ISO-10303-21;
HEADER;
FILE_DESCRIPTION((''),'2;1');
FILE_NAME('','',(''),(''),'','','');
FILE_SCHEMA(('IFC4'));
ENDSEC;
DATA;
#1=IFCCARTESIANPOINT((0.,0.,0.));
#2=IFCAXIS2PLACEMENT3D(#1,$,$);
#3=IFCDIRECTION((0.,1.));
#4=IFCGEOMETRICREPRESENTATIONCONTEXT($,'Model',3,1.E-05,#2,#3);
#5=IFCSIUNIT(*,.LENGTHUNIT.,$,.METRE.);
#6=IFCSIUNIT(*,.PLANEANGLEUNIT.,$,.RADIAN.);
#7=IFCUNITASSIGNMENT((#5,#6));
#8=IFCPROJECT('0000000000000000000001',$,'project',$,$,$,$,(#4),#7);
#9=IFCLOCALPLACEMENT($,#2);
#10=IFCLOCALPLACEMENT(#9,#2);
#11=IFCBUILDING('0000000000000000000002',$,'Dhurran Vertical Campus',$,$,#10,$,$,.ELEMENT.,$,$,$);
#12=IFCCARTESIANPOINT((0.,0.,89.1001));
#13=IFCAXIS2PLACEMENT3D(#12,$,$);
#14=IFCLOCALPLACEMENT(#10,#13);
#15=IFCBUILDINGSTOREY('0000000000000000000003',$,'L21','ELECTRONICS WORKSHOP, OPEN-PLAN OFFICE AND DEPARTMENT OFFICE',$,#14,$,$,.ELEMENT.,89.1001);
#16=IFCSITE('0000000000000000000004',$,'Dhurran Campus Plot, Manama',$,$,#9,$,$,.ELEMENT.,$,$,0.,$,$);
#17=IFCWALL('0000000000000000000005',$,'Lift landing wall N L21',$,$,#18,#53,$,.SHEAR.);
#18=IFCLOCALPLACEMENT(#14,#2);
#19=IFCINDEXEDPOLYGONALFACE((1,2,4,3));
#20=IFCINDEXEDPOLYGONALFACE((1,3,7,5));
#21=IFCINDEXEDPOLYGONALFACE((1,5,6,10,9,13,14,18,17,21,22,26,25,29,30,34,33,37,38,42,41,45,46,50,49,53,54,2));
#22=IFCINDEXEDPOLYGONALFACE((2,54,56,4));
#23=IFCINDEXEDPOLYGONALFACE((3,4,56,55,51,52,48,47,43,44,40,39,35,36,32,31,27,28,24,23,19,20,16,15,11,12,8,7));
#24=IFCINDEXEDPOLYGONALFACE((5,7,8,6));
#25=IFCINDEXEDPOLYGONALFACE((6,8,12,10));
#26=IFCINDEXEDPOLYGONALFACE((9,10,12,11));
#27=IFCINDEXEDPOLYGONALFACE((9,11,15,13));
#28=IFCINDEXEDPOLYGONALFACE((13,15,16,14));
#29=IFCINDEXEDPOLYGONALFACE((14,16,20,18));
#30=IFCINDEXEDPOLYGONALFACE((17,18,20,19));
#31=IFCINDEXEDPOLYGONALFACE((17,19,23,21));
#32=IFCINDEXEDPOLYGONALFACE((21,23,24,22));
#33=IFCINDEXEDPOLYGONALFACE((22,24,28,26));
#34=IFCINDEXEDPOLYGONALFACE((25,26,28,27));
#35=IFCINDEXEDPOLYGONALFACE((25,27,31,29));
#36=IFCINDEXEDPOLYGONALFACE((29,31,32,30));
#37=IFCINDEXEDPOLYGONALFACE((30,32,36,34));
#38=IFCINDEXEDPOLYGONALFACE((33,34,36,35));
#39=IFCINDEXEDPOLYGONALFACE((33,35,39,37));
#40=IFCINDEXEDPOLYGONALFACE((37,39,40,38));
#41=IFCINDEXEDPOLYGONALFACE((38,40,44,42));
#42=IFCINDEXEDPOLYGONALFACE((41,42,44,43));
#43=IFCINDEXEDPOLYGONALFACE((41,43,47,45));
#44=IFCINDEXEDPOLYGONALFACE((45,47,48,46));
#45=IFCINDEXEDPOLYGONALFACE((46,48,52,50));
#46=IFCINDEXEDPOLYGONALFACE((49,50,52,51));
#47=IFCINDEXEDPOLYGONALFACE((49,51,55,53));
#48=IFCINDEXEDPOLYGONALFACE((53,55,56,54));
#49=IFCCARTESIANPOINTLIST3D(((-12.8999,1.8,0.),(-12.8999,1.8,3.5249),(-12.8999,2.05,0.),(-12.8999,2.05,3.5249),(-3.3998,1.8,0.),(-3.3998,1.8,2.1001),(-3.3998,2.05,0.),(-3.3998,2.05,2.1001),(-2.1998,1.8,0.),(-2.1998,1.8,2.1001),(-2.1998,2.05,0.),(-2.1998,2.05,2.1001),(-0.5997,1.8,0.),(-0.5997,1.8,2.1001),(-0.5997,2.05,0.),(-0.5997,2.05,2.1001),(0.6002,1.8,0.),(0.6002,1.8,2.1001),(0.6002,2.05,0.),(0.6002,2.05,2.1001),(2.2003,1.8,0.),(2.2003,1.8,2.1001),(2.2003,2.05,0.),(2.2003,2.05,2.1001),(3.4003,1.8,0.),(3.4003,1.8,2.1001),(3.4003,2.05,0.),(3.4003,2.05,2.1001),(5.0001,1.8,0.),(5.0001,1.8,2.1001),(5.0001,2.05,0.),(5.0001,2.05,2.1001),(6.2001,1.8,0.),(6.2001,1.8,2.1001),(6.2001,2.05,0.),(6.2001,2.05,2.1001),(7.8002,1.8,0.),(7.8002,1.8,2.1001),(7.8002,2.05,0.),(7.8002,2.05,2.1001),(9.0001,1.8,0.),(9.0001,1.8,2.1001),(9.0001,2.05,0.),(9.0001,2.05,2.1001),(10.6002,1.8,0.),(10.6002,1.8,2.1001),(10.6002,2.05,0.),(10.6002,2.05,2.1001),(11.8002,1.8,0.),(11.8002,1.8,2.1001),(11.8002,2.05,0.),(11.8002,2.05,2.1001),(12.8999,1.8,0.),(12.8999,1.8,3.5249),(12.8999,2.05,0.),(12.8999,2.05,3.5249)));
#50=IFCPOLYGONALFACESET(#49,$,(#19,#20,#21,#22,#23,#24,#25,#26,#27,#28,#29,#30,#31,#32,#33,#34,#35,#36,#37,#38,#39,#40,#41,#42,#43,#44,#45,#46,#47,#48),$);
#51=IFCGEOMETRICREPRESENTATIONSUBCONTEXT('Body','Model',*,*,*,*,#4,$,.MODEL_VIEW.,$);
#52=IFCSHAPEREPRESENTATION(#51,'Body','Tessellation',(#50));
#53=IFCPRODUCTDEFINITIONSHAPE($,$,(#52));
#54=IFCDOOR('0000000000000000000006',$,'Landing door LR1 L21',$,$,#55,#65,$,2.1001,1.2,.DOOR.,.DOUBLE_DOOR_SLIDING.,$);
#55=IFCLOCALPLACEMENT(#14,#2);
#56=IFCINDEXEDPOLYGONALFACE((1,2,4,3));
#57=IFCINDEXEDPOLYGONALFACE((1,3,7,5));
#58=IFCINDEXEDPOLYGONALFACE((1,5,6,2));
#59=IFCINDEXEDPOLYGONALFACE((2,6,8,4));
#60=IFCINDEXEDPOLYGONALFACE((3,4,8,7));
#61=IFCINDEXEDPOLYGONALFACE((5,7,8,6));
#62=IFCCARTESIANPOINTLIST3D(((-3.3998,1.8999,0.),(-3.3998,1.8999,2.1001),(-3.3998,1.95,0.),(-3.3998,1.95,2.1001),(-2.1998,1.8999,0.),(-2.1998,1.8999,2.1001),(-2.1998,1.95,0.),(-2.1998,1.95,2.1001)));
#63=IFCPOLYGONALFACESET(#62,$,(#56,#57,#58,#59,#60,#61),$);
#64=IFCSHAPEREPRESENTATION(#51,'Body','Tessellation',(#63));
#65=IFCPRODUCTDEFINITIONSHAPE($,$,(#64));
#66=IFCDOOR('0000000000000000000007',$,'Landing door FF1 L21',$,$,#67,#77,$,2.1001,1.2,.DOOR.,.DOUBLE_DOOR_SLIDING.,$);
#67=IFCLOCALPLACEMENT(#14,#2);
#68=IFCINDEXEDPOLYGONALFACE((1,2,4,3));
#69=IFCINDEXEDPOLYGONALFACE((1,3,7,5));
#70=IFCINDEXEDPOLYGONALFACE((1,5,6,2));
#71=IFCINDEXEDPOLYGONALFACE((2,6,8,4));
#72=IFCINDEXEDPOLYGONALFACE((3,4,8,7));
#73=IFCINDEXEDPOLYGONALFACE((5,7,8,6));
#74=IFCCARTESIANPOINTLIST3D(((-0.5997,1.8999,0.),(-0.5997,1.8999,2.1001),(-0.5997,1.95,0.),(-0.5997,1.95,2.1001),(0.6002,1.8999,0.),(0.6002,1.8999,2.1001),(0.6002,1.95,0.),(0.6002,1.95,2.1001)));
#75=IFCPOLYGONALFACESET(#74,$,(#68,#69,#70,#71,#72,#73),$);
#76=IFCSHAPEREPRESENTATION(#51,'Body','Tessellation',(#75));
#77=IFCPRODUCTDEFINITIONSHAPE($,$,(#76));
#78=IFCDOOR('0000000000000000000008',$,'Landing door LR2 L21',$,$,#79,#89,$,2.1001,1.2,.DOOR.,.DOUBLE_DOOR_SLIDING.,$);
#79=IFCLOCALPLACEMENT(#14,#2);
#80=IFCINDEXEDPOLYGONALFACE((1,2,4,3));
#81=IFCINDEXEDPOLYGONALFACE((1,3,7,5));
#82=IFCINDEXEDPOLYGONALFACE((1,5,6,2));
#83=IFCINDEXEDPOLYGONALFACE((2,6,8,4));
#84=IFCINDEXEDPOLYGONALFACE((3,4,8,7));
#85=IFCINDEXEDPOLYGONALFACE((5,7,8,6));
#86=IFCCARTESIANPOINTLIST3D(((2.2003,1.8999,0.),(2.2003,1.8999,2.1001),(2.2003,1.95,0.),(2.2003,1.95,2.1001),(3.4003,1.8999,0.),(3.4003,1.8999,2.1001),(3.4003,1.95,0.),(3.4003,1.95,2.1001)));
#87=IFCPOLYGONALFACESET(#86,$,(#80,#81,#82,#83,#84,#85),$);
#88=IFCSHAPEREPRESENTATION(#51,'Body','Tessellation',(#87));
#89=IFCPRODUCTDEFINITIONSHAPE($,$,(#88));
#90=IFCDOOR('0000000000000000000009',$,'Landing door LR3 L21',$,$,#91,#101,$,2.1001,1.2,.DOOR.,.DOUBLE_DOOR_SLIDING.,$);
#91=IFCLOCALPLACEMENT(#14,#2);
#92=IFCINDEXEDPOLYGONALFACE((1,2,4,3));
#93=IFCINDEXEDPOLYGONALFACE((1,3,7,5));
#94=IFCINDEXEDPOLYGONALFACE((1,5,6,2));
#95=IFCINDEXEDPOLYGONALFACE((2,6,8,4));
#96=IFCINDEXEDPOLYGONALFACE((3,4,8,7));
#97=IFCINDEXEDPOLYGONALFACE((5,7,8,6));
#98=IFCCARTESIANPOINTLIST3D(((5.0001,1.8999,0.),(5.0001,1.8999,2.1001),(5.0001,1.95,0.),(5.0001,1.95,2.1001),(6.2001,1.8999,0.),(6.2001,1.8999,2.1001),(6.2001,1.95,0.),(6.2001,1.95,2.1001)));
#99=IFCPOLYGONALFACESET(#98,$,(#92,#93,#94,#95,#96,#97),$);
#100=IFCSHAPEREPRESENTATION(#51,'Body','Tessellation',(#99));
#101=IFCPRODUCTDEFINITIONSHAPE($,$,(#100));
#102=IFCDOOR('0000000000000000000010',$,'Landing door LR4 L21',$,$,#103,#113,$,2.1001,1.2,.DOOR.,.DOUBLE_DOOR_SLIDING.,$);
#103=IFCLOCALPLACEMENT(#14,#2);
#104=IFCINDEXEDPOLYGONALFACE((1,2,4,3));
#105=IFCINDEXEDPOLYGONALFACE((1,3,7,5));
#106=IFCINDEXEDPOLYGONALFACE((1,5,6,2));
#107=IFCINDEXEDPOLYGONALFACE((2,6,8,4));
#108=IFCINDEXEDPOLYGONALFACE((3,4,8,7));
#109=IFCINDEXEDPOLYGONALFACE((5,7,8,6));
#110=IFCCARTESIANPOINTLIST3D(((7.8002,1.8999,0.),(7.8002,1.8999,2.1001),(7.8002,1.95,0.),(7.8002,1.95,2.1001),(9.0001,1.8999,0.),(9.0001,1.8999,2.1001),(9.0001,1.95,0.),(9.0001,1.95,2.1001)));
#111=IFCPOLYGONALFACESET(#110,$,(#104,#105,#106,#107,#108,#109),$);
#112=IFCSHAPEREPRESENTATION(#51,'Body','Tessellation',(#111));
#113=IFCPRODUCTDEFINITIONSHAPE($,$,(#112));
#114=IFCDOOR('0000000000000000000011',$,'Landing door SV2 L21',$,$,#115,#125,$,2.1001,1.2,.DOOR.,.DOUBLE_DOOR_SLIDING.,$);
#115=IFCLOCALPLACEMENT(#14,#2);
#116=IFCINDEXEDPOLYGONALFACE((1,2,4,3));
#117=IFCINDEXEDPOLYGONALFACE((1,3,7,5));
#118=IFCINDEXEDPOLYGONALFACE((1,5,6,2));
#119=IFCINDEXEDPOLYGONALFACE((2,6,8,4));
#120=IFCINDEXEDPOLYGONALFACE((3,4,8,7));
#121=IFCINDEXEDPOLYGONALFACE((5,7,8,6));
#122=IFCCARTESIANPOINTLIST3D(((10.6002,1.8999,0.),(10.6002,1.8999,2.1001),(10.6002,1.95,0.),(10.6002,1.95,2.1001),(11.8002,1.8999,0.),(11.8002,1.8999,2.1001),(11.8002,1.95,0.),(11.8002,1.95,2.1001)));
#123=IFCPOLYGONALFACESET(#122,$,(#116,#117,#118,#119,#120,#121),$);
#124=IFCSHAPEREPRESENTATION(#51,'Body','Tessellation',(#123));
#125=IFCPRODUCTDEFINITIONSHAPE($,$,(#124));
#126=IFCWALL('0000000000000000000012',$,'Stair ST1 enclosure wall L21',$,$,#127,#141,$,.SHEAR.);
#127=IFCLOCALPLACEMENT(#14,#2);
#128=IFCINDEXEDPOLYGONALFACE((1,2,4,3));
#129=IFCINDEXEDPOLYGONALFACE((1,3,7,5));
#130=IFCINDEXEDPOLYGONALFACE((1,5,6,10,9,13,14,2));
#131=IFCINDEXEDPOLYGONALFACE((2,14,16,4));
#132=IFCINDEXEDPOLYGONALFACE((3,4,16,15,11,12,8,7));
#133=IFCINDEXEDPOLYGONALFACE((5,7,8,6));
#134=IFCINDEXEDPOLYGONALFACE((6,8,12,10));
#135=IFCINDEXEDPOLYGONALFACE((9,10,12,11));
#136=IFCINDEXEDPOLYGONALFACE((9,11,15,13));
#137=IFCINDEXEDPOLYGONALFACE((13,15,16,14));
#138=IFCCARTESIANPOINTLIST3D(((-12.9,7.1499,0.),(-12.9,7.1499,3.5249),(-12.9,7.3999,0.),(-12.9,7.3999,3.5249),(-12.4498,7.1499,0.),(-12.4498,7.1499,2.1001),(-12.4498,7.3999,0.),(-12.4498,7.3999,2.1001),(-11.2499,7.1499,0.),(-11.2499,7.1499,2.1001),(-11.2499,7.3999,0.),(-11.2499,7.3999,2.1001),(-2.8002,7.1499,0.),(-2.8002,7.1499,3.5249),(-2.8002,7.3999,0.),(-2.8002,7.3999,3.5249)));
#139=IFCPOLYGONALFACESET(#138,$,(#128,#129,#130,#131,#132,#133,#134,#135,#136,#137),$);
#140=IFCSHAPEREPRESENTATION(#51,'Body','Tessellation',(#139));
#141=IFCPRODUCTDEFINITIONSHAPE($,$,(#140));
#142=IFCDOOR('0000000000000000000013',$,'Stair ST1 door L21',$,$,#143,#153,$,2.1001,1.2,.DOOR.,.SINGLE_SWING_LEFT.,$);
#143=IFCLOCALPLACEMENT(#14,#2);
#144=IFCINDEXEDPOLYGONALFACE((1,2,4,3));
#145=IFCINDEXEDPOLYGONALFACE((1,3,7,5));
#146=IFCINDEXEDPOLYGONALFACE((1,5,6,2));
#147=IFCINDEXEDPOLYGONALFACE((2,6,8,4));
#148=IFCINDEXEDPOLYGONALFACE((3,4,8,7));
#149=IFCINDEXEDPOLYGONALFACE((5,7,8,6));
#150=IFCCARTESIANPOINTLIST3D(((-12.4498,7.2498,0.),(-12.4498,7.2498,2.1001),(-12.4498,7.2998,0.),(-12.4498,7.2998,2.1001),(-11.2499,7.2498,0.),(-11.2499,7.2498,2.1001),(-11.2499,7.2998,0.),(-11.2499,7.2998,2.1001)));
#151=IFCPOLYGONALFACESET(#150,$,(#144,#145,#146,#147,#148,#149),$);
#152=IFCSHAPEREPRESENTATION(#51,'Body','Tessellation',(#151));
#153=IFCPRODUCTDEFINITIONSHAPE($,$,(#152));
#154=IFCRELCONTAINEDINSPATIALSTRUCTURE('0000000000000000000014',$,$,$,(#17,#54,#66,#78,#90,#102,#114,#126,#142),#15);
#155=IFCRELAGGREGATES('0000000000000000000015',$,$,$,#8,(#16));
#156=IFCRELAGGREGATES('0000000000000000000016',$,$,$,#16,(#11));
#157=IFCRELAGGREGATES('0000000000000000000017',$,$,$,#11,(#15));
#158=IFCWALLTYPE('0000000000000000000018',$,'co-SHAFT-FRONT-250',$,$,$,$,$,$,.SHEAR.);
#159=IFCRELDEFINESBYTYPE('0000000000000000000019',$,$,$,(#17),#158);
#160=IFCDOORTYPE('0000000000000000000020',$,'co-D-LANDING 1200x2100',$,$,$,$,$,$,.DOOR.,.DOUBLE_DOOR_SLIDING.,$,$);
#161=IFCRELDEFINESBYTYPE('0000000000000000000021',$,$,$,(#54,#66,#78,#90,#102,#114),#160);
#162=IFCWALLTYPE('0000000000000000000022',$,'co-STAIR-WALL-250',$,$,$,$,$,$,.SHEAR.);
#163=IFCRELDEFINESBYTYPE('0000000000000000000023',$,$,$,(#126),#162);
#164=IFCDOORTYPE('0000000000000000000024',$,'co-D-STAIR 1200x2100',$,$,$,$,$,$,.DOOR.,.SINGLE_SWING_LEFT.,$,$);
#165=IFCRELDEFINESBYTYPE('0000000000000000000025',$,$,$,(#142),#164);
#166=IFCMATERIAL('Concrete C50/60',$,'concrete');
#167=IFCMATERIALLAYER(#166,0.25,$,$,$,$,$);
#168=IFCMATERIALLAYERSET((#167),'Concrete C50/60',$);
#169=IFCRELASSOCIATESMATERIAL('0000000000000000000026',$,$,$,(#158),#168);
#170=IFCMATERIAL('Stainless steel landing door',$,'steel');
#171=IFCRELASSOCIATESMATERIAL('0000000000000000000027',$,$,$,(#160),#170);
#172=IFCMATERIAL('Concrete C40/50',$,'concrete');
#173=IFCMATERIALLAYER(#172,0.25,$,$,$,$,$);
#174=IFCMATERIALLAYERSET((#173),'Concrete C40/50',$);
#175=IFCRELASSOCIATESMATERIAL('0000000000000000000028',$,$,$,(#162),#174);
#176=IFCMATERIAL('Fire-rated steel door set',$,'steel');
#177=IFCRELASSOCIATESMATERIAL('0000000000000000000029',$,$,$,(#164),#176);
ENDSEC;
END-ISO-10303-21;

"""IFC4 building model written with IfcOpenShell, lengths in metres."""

from ifc_helpers import new_model, si_unit, direction, frame, frame_2d, origin, place, context, subcontext, project, spatial, rectangle, extrude, material, layer, layer_set, type_object, element, fill, save


model = new_model("IFC4")

# Units and contexts
model_context = context("Model", 3, precision=1e-05, world=origin(), true_north=direction((0.0, 1.0)))
body_context = subcontext(model_context, "Body", "Model", "MODEL_VIEW")
ifc_project = project(units=[si_unit("LENGTHUNIT", "METRE"), si_unit("PLANEANGLEUNIT", "RADIAN")], contexts=[model_context])

# Site, building, storey
site_placement = place(None, origin())
site = spatial("IfcSite", under=ifc_project, at=site_placement, Name="Dhurran Campus Plot, Manama", CompositionType="ELEMENT", RefElevation=0.0)
building_placement = place(site_placement, origin())
building = spatial("IfcBuilding", under=site, at=building_placement, Name="Dhurran Vertical Campus", CompositionType="ELEMENT")
storey_placement = place(building_placement, frame((0.0, 0.0, 89.1001)))
storey = spatial("IfcBuildingStorey", under=building, at=storey_placement, Name="L21", Description="ELECTRONICS WORKSHOP, OPEN-PLAN OFFICE AND DEPARTMENT OFFICE", CompositionType="ELEMENT", Elevation=89.1001)

# Wall, openings, doors
ifc_material_1 = material(Name="Concrete C50/60", Category="concrete")
ifc_layer_1 = layer(ifc_material_1, 0.25)
ifc_layer_set_1 = layer_set([ifc_layer_1], Name="Concrete C50/60")
wall_type_1 = type_object("IfcWallType", Name="co-SHAFT-FRONT-250", PredefinedType="SHEAR", material=ifc_layer_set_1)
wall_1_placement = place(storey_placement, frame((-12.8999, 1.925, 0.0), z_axis=(0.0, 0.0, 1.0), x_axis=(1.0, 0.0, 0.0)))
wall_1 = element("IfcWall", 1, at=wall_1_placement, inside=storey, type_object=wall_type_1, Name="Lift landing wall N L21", PredefinedType="SHEAR", context=body_context, shape_type="SweptSolid", body=[
    extrude(rectangle(XDim=25.7998, YDim=0.25, at=frame_2d((12.8999, 0.0))), origin(), (0.0, 0.0, 1.0), 3.5249),
])
opening_1_placement = place(wall_1_placement, frame((9.5, 0.0, 0.0)))
opening_1 = element("IfcOpeningElement", 2, at=opening_1_placement, cuts=wall_1, PredefinedType="OPENING", context=body_context, shape_type="SweptSolid", body=[
    extrude(rectangle(XDim=1.2, YDim=2.1001, at=frame_2d((0.6001, 1.05))), frame((0.0, 0.135, 0.0), z_axis=(0.0, -1.0, 0.0), x_axis=(1.0, 0.0, 0.0)), (0.0, 0.0, 1.0), 0.27),
])
opening_2_placement = place(wall_1_placement, frame((12.3, 0.0, 0.0)))
opening_2 = element("IfcOpeningElement", 3, at=opening_2_placement, cuts=wall_1, PredefinedType="OPENING", context=body_context, shape_type="SweptSolid", body=[
    extrude(rectangle(XDim=1.2, YDim=2.1001, at=frame_2d((0.6001, 1.05))), frame((0.0, 0.135, 0.0), z_axis=(0.0, -1.0, 0.0), x_axis=(1.0, 0.0, 0.0)), (0.0, 0.0, 1.0), 0.27),
])
opening_3_placement = place(wall_1_placement, frame((15.1001, 0.0, 0.0)))
opening_3 = element("IfcOpeningElement", 4, at=opening_3_placement, cuts=wall_1, PredefinedType="OPENING", context=body_context, shape_type="SweptSolid", body=[
    extrude(rectangle(XDim=1.2, YDim=2.1001, at=frame_2d((0.6001, 1.05))), frame((0.0, 0.135, 0.0), z_axis=(0.0, -1.0, 0.0), x_axis=(1.0, 0.0, 0.0)), (0.0, 0.0, 1.0), 0.27),
])
opening_4_placement = place(wall_1_placement, frame((17.8999, 0.0, 0.0)))
opening_4 = element("IfcOpeningElement", 5, at=opening_4_placement, cuts=wall_1, PredefinedType="OPENING", context=body_context, shape_type="SweptSolid", body=[
    extrude(rectangle(XDim=1.2, YDim=2.1001, at=frame_2d((0.6001, 1.05))), frame((0.0, 0.135, 0.0), z_axis=(0.0, -1.0, 0.0), x_axis=(1.0, 0.0, 0.0)), (0.0, 0.0, 1.0), 0.27),
])
opening_5_placement = place(wall_1_placement, frame((20.7, 0.0, 0.0)))
opening_5 = element("IfcOpeningElement", 6, at=opening_5_placement, cuts=wall_1, PredefinedType="OPENING", context=body_context, shape_type="SweptSolid", body=[
    extrude(rectangle(XDim=1.2, YDim=2.1001, at=frame_2d((0.6001, 1.05))), frame((0.0, 0.135, 0.0), z_axis=(0.0, -1.0, 0.0), x_axis=(1.0, 0.0, 0.0)), (0.0, 0.0, 1.0), 0.27),
])
opening_6_placement = place(wall_1_placement, frame((23.5, 0.0, 0.0)))
opening_6 = element("IfcOpeningElement", 7, at=opening_6_placement, cuts=wall_1, PredefinedType="OPENING", context=body_context, shape_type="SweptSolid", body=[
    extrude(rectangle(XDim=1.2, YDim=2.1001, at=frame_2d((0.6001, 1.05))), frame((0.0, 0.135, 0.0), z_axis=(0.0, -1.0, 0.0), x_axis=(1.0, 0.0, 0.0)), (0.0, 0.0, 1.0), 0.27),
])
ifc_material_2 = material(Name="Stainless steel landing door", Category="steel")
door_type_1 = type_object("IfcDoorType", Name="co-D-LANDING 1200x2100", OperationType="DOUBLE_DOOR_SLIDING", PredefinedType="DOOR", material=ifc_material_2)
door_1_placement = place(opening_1_placement, origin())
door_1 = element("IfcDoor", 8, at=door_1_placement, inside=storey, type_object=door_type_1, Name="Landing door LR1 L21", OperationType="DOUBLE_DOOR_SLIDING", OverallHeight=2.1001, OverallWidth=1.2, PredefinedType="DOOR", context=body_context, shape_type="SweptSolid", body=[
    extrude(rectangle(XDim=1.2, YDim=2.1001, at=frame_2d((0.6001, 1.05))), frame((0.0, 0.0249, 0.0), z_axis=(0.0, -1.0, 0.0), x_axis=(1.0, 0.0, 0.0)), (0.0, 0.0, 1.0), 0.05),
])
fill(opening_1, door_1)
door_2_placement = place(opening_2_placement, origin())
door_2 = element("IfcDoor", 9, at=door_2_placement, inside=storey, type_object=door_type_1, Name="Landing door FF1 L21", OperationType="DOUBLE_DOOR_SLIDING", OverallHeight=2.1001, OverallWidth=1.2, PredefinedType="DOOR", context=body_context, shape_type="SweptSolid", body=[
    extrude(rectangle(XDim=1.2, YDim=2.1001, at=frame_2d((0.6001, 1.05))), frame((0.0, 0.0249, 0.0), z_axis=(0.0, -1.0, 0.0), x_axis=(1.0, 0.0, 0.0)), (0.0, 0.0, 1.0), 0.05),
])
fill(opening_2, door_2)
door_3_placement = place(opening_3_placement, origin())
door_3 = element("IfcDoor", 10, at=door_3_placement, inside=storey, type_object=door_type_1, Name="Landing door LR2 L21", OperationType="DOUBLE_DOOR_SLIDING", OverallHeight=2.1001, OverallWidth=1.2, PredefinedType="DOOR", context=body_context, shape_type="SweptSolid", body=[
    extrude(rectangle(XDim=1.2, YDim=2.1001, at=frame_2d((0.6001, 1.05))), frame((0.0, 0.0249, 0.0), z_axis=(0.0, -1.0, 0.0), x_axis=(1.0, 0.0, 0.0)), (0.0, 0.0, 1.0), 0.05),
])
fill(opening_3, door_3)
door_4_placement = place(opening_4_placement, origin())
door_4 = element("IfcDoor", 11, at=door_4_placement, inside=storey, type_object=door_type_1, Name="Landing door LR3 L21", OperationType="DOUBLE_DOOR_SLIDING", OverallHeight=2.1001, OverallWidth=1.2, PredefinedType="DOOR", context=body_context, shape_type="SweptSolid", body=[
    extrude(rectangle(XDim=1.2, YDim=2.1001, at=frame_2d((0.6001, 1.05))), frame((0.0, 0.0249, 0.0), z_axis=(0.0, -1.0, 0.0), x_axis=(1.0, 0.0, 0.0)), (0.0, 0.0, 1.0), 0.05),
])
fill(opening_4, door_4)
door_5_placement = place(opening_5_placement, origin())
door_5 = element("IfcDoor", 12, at=door_5_placement, inside=storey, type_object=door_type_1, Name="Landing door LR4 L21", OperationType="DOUBLE_DOOR_SLIDING", OverallHeight=2.1001, OverallWidth=1.2, PredefinedType="DOOR", context=body_context, shape_type="SweptSolid", body=[
    extrude(rectangle(XDim=1.2, YDim=2.1001, at=frame_2d((0.6001, 1.05))), frame((0.0, 0.0249, 0.0), z_axis=(0.0, -1.0, 0.0), x_axis=(1.0, 0.0, 0.0)), (0.0, 0.0, 1.0), 0.05),
])
fill(opening_5, door_5)
door_6_placement = place(opening_6_placement, origin())
door_6 = element("IfcDoor", 13, at=door_6_placement, inside=storey, type_object=door_type_1, Name="Landing door SV2 L21", OperationType="DOUBLE_DOOR_SLIDING", OverallHeight=2.1001, OverallWidth=1.2, PredefinedType="DOOR", context=body_context, shape_type="SweptSolid", body=[
    extrude(rectangle(XDim=1.2, YDim=2.1001, at=frame_2d((0.6001, 1.05))), frame((0.0, 0.0249, 0.0), z_axis=(0.0, -1.0, 0.0), x_axis=(1.0, 0.0, 0.0)), (0.0, 0.0, 1.0), 0.05),
])
fill(opening_6, door_6)

# Wall, opening, door
ifc_material_3 = material(Name="Concrete C40/50", Category="concrete")
ifc_layer_2 = layer(ifc_material_3, 0.25)
ifc_layer_set_2 = layer_set([ifc_layer_2], Name="Concrete C40/50")
wall_type_2 = type_object("IfcWallType", Name="co-STAIR-WALL-250", PredefinedType="SHEAR", material=ifc_layer_set_2)
wall_2_placement = place(storey_placement, frame((-12.8999, 7.2749, 0.0), z_axis=(0.0, 0.0, 1.0), x_axis=(1.0, 0.0, 0.0)))
wall_2 = element("IfcWall", 14, at=wall_2_placement, inside=storey, type_object=wall_type_2, Name="Stair ST1 enclosure wall L21", PredefinedType="SHEAR", context=body_context, shape_type="SweptSolid", body=[
    extrude(rectangle(XDim=10.0999, YDim=0.25, at=frame_2d((5.0498, 0.0))), origin(), (0.0, 0.0, 1.0), 3.5249),
])
opening_7_placement = place(wall_2_placement, frame((0.45, 0.0, 0.0)))
opening_7 = element("IfcOpeningElement", 15, at=opening_7_placement, cuts=wall_2, PredefinedType="OPENING", context=body_context, shape_type="SweptSolid", body=[
    extrude(rectangle(XDim=1.2, YDim=2.1001, at=frame_2d((0.6001, 1.05))), frame((0.0, 0.135, 0.0), z_axis=(0.0, -1.0, 0.0), x_axis=(1.0, 0.0, 0.0)), (0.0, 0.0, 1.0), 0.27),
])
ifc_material_4 = material(Name="Fire-rated steel door set", Category="steel")
door_type_2 = type_object("IfcDoorType", Name="co-D-STAIR 1200x2100", OperationType="SINGLE_SWING_LEFT", PredefinedType="DOOR", material=ifc_material_4)
door_7_placement = place(opening_7_placement, origin())
door_7 = element("IfcDoor", 16, at=door_7_placement, inside=storey, type_object=door_type_2, Name="Stair ST1 door L21", OperationType="SINGLE_SWING_LEFT", OverallHeight=2.1001, OverallWidth=1.2, PredefinedType="DOOR", context=body_context, shape_type="SweptSolid", body=[
    extrude(rectangle(XDim=1.2, YDim=2.1001, at=frame_2d((0.6001, 1.05))), frame((0.0, 0.0249, 0.0), z_axis=(0.0, -1.0, 0.0), x_axis=(1.0, 0.0, 0.0)), (0.0, 0.0, 1.0), 0.05),
])
fill(opening_7, door_7)

save(model, "model.ifc")
